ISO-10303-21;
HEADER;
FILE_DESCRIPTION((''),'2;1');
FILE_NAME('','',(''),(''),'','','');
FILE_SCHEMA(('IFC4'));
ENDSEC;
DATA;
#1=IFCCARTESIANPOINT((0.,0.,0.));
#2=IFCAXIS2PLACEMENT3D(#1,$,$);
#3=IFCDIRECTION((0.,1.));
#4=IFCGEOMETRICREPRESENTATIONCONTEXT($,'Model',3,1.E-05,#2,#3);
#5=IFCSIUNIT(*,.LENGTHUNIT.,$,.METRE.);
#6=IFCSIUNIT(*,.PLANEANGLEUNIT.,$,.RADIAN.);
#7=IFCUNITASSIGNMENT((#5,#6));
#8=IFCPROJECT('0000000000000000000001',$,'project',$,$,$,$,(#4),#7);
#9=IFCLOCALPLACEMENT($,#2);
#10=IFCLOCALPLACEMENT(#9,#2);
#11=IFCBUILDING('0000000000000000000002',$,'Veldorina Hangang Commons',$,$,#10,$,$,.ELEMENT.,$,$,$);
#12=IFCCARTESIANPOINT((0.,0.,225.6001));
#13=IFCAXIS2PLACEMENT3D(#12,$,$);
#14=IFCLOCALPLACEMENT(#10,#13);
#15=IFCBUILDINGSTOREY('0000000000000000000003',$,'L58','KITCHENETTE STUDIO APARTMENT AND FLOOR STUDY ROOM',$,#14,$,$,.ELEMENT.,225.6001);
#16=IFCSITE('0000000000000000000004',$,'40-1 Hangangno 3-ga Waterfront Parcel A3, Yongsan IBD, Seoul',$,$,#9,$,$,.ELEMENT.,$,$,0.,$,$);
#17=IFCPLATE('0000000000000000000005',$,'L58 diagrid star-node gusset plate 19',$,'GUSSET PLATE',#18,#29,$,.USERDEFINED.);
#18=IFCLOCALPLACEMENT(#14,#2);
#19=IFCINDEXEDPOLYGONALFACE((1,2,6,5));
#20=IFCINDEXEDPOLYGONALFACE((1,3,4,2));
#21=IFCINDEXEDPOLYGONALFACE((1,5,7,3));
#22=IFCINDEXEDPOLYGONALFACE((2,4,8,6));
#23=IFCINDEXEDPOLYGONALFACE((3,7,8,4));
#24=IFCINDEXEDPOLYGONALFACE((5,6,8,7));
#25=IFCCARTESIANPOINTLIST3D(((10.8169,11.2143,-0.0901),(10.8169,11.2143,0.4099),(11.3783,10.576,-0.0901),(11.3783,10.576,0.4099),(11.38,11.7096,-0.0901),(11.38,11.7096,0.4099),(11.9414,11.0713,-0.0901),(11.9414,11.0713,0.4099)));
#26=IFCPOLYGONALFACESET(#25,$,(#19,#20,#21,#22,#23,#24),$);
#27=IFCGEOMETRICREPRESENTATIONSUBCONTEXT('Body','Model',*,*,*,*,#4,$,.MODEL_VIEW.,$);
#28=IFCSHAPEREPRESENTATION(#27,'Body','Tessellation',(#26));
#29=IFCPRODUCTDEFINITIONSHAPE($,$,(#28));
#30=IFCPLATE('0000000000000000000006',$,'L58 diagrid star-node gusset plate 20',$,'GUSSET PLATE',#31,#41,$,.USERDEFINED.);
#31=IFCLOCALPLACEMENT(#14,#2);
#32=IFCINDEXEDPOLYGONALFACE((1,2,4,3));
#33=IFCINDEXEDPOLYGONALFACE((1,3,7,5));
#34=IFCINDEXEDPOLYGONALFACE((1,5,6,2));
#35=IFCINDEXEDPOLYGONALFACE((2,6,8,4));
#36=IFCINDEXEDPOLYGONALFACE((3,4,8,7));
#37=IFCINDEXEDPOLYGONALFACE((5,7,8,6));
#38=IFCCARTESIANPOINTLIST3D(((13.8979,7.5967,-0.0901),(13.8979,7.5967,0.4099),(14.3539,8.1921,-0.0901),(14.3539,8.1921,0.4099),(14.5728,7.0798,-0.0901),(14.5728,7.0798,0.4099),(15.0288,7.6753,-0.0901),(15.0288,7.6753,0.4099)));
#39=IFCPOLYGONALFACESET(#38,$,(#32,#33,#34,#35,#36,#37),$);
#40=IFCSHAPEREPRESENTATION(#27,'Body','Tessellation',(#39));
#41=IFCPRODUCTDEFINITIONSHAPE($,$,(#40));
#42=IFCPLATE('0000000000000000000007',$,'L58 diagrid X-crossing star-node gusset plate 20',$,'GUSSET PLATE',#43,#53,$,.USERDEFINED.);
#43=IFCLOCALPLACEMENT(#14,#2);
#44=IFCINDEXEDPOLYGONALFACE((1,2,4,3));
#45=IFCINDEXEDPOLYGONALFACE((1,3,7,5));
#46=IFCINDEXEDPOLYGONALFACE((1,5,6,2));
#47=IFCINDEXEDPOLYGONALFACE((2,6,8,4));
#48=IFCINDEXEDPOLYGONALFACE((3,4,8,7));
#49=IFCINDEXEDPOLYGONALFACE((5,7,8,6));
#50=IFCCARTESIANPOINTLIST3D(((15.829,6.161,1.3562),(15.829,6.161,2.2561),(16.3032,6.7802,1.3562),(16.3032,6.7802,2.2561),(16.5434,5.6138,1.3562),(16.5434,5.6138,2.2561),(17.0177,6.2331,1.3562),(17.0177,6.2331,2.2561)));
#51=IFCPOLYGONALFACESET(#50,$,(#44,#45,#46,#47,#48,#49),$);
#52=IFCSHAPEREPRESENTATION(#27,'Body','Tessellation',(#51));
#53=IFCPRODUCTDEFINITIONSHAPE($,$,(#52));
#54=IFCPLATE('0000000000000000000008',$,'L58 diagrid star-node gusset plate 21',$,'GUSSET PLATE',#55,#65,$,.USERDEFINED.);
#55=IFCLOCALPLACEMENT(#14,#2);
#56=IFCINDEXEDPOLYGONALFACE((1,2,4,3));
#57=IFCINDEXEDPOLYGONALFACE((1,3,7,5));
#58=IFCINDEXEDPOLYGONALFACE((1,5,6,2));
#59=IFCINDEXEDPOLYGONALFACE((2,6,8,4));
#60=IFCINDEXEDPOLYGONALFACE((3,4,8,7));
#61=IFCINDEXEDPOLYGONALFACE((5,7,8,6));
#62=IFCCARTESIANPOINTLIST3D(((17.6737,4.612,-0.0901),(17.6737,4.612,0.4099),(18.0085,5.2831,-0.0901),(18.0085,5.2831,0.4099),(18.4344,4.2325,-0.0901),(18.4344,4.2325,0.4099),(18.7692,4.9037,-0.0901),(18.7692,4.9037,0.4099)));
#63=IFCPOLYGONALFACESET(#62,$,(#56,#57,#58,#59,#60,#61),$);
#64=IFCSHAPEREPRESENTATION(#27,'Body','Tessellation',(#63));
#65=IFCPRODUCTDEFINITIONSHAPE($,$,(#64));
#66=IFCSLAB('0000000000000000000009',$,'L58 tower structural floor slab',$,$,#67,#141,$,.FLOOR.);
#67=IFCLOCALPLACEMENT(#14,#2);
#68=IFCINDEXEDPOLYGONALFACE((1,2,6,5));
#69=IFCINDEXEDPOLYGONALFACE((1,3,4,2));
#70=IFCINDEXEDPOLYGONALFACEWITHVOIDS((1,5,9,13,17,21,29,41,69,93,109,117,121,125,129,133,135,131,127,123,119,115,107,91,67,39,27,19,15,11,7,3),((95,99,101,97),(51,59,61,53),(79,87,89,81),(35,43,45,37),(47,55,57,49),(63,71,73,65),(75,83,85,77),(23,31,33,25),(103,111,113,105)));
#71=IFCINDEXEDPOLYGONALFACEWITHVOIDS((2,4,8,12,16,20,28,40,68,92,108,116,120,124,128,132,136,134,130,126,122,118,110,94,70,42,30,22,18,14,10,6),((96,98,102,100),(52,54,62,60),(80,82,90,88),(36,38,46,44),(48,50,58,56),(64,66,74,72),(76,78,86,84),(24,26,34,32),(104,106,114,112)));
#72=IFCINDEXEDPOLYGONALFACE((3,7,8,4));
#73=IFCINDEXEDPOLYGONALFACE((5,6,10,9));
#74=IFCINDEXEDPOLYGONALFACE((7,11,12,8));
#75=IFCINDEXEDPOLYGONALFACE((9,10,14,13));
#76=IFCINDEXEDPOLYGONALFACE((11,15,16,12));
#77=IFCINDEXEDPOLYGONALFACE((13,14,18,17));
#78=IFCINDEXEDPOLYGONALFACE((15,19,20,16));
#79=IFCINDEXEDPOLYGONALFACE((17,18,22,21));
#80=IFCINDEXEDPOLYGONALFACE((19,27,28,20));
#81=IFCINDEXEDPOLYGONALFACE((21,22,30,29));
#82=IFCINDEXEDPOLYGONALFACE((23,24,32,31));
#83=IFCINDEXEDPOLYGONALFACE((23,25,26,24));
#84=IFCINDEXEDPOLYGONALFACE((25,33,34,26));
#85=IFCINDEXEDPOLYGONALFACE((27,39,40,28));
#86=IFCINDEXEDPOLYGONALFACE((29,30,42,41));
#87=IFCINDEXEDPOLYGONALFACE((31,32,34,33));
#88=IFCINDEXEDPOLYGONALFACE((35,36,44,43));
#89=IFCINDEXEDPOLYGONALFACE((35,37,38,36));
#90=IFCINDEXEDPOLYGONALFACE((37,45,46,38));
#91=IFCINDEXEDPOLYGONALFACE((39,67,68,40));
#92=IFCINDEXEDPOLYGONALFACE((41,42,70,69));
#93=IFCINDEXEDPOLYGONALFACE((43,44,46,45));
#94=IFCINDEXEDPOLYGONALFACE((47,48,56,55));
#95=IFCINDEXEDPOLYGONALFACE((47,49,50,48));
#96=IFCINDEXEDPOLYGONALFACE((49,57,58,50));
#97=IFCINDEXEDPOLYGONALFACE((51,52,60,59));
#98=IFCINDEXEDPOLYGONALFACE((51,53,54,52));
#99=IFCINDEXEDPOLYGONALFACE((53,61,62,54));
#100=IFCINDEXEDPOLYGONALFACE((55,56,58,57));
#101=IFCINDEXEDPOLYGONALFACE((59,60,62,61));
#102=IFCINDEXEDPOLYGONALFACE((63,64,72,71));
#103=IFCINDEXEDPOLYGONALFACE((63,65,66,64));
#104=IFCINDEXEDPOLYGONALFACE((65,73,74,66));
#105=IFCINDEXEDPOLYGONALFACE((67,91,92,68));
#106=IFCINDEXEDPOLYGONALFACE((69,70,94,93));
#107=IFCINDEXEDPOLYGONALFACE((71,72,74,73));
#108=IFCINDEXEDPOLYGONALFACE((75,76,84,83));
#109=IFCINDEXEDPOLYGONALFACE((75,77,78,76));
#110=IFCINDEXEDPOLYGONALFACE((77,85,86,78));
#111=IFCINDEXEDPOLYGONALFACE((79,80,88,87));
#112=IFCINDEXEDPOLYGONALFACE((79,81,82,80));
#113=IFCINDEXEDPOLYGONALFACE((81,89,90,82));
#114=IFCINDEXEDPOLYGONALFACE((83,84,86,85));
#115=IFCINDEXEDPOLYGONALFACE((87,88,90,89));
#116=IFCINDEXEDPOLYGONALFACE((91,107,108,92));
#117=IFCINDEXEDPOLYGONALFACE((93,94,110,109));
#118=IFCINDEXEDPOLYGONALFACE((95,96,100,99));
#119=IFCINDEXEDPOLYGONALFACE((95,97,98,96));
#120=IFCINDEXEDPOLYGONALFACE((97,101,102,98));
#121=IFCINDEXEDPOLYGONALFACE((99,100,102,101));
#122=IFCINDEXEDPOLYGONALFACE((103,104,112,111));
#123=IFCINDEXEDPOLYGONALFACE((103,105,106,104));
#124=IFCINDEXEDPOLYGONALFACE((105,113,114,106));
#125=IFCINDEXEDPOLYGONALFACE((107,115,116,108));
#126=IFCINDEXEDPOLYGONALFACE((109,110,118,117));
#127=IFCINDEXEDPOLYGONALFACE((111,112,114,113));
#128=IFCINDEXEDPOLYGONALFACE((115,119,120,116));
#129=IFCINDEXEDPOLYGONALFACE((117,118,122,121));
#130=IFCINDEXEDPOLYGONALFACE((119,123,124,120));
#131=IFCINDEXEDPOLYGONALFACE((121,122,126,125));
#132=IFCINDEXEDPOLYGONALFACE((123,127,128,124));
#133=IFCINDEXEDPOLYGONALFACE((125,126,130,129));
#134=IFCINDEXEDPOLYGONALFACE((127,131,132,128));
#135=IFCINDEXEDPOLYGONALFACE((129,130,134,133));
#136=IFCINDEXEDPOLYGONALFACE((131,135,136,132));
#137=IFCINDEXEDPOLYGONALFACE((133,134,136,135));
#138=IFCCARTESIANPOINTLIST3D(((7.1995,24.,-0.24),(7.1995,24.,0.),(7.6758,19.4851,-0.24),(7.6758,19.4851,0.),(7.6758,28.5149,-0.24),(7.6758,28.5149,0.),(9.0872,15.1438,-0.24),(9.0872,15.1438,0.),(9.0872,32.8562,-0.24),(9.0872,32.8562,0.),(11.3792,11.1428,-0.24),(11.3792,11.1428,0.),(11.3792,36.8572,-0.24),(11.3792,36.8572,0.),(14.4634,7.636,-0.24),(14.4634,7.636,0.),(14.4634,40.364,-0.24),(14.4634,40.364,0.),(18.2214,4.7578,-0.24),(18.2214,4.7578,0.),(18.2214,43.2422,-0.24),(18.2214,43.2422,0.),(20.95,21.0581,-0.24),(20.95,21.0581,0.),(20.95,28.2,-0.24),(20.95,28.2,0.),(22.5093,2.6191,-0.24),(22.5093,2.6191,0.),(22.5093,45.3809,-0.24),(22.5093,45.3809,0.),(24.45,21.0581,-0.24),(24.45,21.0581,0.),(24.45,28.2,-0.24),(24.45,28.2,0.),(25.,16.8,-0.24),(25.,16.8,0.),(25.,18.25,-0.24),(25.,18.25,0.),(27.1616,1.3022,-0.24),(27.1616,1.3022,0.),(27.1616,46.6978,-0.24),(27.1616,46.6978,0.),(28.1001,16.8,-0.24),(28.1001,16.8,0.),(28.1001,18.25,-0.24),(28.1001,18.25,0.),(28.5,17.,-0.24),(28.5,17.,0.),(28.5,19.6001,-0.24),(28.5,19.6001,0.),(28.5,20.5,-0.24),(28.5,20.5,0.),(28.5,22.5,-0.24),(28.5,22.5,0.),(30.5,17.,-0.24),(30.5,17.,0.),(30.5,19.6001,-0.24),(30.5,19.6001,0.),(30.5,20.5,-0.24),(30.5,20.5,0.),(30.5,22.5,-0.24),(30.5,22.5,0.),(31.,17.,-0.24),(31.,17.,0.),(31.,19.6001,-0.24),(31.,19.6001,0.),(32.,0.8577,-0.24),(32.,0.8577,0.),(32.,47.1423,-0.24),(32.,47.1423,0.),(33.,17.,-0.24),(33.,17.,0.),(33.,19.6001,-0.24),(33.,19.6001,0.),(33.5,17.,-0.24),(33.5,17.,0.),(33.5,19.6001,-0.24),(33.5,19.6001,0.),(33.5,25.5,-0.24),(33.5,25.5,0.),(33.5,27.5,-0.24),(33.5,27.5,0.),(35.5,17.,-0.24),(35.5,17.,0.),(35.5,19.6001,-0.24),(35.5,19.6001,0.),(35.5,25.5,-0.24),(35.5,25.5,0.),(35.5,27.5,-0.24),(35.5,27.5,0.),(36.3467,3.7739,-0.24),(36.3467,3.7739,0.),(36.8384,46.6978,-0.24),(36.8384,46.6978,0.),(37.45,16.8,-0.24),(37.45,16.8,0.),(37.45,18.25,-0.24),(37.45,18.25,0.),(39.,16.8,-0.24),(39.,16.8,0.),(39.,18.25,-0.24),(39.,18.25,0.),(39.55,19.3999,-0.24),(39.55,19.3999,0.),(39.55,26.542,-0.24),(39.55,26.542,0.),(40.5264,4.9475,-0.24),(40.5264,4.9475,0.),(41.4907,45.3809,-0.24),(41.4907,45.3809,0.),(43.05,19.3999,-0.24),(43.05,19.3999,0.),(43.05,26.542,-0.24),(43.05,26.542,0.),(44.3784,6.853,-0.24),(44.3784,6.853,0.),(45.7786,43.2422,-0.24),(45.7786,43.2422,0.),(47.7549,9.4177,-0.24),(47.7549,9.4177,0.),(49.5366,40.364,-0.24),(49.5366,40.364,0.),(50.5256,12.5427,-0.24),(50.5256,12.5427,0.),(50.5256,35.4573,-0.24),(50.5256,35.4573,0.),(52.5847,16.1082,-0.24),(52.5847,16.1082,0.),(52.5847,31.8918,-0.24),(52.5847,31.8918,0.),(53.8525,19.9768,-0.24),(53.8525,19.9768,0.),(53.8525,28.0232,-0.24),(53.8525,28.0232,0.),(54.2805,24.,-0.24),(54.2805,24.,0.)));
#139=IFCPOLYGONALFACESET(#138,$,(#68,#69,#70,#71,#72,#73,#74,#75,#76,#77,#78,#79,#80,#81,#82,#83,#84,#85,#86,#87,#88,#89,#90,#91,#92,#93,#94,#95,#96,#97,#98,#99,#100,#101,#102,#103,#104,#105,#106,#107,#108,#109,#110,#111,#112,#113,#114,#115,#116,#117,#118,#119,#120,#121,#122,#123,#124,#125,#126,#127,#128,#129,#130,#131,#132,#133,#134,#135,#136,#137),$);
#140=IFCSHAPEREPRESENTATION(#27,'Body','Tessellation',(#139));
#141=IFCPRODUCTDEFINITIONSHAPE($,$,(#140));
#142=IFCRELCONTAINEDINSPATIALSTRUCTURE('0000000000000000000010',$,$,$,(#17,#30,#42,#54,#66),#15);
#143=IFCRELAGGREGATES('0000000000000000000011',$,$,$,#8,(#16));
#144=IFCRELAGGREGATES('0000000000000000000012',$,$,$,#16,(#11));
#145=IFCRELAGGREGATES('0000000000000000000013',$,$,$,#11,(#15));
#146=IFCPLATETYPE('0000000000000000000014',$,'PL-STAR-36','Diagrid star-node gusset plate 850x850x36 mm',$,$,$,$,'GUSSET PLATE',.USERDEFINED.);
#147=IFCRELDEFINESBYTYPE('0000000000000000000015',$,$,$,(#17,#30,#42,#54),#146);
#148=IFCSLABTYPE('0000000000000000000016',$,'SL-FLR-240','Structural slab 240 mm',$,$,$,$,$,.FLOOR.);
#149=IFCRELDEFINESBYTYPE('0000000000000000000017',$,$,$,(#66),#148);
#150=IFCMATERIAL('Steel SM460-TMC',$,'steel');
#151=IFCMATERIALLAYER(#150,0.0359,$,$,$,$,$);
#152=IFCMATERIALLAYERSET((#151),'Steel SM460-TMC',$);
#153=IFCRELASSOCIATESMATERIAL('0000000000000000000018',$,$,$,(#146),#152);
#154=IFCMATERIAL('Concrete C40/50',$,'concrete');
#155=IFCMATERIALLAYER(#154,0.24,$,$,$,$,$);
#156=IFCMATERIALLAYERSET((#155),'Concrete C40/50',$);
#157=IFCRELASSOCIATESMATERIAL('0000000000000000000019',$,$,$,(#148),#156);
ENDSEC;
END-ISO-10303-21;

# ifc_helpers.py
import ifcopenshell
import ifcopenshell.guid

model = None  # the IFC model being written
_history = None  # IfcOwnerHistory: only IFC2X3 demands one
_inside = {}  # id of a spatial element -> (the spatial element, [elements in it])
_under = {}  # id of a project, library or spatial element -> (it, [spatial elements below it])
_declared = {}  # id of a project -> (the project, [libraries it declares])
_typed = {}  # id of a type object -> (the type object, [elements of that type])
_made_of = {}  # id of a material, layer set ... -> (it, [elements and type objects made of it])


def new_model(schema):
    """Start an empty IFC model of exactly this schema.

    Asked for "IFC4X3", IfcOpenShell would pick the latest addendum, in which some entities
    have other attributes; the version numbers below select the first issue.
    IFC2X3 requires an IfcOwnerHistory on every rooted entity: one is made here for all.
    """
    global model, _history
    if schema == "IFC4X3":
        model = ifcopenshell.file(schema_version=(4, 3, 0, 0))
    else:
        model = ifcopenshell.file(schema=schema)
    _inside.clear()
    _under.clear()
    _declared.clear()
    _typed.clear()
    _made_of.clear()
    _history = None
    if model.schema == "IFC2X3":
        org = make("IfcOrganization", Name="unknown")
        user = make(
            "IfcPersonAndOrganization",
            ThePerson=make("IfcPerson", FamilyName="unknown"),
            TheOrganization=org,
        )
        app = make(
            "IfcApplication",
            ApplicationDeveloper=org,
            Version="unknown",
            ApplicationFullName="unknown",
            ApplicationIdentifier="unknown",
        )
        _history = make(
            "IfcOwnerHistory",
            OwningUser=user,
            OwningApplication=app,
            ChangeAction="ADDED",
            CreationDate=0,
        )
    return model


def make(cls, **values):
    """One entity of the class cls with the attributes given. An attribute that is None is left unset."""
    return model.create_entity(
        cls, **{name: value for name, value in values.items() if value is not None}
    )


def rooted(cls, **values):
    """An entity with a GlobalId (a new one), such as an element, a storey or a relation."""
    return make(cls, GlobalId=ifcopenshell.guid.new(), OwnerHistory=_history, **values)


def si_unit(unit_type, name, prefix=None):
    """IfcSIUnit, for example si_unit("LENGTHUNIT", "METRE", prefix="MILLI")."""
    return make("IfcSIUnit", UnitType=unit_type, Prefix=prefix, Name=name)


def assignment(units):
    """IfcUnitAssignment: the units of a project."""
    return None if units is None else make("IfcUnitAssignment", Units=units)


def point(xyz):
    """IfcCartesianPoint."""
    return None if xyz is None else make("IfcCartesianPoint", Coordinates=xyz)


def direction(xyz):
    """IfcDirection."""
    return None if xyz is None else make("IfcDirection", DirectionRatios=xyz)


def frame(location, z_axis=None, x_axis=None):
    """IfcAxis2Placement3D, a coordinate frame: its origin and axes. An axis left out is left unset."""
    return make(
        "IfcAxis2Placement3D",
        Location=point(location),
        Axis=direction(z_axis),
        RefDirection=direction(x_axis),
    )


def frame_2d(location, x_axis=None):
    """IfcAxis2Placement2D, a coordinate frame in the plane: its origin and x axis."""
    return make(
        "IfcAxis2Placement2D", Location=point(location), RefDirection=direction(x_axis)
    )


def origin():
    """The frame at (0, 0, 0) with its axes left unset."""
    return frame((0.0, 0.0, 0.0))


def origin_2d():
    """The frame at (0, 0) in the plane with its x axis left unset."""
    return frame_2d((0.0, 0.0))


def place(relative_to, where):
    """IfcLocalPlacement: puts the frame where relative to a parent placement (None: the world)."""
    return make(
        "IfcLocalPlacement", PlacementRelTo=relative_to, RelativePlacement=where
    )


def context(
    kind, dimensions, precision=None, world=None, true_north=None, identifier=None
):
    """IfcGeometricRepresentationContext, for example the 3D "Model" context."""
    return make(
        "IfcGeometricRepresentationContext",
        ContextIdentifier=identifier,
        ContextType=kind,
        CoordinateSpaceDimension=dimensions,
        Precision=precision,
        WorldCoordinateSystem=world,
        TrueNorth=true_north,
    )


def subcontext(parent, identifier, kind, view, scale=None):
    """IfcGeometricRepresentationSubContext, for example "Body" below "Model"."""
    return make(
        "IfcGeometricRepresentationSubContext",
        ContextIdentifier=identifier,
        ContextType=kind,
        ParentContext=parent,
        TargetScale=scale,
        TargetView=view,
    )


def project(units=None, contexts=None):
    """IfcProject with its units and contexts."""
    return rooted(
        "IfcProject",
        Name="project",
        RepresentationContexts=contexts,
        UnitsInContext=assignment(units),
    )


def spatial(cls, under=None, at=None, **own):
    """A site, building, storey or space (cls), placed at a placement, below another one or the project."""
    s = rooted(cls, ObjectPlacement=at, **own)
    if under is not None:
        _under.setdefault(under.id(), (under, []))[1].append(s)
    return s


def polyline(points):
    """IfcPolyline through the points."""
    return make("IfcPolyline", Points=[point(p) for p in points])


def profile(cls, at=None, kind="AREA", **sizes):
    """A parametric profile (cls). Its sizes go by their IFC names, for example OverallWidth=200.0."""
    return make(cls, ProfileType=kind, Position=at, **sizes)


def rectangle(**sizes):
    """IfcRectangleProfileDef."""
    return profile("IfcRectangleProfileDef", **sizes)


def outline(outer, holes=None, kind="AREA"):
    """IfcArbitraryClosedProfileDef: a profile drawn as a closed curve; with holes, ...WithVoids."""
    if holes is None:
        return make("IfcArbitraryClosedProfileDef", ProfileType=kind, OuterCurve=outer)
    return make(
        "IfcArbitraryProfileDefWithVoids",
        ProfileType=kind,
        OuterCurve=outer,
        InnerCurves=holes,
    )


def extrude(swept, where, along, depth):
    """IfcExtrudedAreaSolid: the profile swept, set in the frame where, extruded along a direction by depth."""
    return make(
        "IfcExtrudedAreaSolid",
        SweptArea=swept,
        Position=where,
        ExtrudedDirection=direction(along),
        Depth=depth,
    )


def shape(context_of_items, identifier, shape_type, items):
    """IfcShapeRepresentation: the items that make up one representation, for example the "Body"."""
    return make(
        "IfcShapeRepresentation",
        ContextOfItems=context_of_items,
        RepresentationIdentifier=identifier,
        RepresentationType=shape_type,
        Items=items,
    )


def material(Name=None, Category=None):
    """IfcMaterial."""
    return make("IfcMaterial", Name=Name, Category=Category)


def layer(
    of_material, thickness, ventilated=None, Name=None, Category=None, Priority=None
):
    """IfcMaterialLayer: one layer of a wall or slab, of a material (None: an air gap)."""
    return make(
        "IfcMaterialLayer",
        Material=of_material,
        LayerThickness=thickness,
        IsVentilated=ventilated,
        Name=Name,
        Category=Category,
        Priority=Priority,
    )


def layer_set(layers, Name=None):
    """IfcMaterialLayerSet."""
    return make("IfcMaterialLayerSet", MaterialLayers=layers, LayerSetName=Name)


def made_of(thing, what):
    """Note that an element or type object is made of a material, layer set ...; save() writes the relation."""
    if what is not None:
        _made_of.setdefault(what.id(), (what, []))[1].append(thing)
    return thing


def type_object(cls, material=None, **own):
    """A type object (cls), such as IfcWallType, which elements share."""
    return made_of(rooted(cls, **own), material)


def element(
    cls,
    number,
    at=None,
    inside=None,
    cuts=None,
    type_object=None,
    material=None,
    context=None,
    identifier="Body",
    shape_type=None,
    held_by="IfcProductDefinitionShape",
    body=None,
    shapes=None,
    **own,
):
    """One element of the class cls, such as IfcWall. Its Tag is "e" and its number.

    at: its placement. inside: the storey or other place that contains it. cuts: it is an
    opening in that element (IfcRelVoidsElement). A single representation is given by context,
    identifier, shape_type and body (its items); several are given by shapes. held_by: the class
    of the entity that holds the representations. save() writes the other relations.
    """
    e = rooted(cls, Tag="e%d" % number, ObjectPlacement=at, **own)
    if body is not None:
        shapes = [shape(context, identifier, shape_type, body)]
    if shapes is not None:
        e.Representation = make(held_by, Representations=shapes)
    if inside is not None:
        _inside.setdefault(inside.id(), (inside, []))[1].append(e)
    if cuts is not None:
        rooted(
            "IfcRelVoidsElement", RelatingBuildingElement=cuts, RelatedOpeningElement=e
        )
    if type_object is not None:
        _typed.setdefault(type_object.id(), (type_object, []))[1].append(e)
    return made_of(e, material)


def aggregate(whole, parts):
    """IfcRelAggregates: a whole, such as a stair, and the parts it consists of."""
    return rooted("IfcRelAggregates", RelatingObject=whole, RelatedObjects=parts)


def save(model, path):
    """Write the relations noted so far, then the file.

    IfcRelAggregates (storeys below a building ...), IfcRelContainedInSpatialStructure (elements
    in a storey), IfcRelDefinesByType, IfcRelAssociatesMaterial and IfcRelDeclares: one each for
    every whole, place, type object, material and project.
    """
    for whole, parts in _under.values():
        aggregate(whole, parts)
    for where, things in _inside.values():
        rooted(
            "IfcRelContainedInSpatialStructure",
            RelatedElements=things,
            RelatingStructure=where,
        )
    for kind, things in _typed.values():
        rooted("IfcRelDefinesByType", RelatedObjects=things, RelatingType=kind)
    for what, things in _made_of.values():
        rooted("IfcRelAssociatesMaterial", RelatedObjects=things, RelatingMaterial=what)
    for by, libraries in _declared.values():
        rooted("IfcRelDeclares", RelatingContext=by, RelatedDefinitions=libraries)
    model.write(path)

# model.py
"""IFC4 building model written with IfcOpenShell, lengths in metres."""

from ifc_helpers import new_model, si_unit, direction, frame, origin, origin_2d, place, context, subcontext, project, spatial, polyline, rectangle, outline, extrude, material, layer, layer_set, type_object, element, save


model = new_model("IFC4")

# Units and contexts
model_context = context("Model", 3, precision=1e-05, world=origin(), true_north=direction((0.0, 1.0)))
body_context = subcontext(model_context, "Body", "Model", "MODEL_VIEW")
ifc_project = project(units=[si_unit("LENGTHUNIT", "METRE"), si_unit("PLANEANGLEUNIT", "RADIAN")], contexts=[model_context])

# Site, building, storey
site_placement = place(None, origin())
site = spatial("IfcSite", under=ifc_project, at=site_placement, Name="40-1 Hangangno 3-ga Waterfront Parcel A3, Yongsan IBD, Seoul", CompositionType="ELEMENT", RefElevation=0.0)
building_placement = place(site_placement, origin())
building = spatial("IfcBuilding", under=site, at=building_placement, Name="Veldorina Hangang Commons", CompositionType="ELEMENT")
storey_placement = place(building_placement, frame((0.0, 0.0, 225.6001)))
storey = spatial("IfcBuildingStorey", under=building, at=storey_placement, Name="L58", Description="KITCHENETTE STUDIO APARTMENT AND FLOOR STUDY ROOM", CompositionType="ELEMENT", Elevation=225.6001)

# Plates
ifc_material_1 = material(Name="Steel SM460-TMC", Category="steel")
ifc_layer_1 = layer(ifc_material_1, 0.0359)
ifc_layer_set_1 = layer_set([ifc_layer_1], Name="Steel SM460-TMC")
plate_type = type_object("IfcPlateType", Name="PL-STAR-36", Description="Diagrid star-node gusset plate 850x850x36 mm", ElementType="GUSSET PLATE", PredefinedType="USERDEFINED", material=ifc_layer_set_1)
for number, where, z_axis, x_axis, name in (
    (1, (11.3792, 11.1428, -0.0901), (0.0, 0.0, 1.0), (0.660408, -0.750907, 0.0), "L58 diagrid star-node gusset plate 19"),
    (2, (14.4634, 7.636, -0.0901), (0.0, 0.0, 1.0), (0.793927, -0.608013, 0.0), "L58 diagrid star-node gusset plate 20"),
):
    element("IfcPlate", number, at=place(storey_placement, frame(where, z_axis=z_axis, x_axis=x_axis)), inside=storey, type_object=plate_type, Name=name, ObjectType="GUSSET PLATE", PredefinedType="USERDEFINED", context=body_context, shape_type="SweptSolid", body=[
        extrude(rectangle(XDim=0.8501, YDim=0.75, at=origin_2d()), origin(), (0.0, 0.0, 1.0), 0.5),
    ])
plate_1_placement = place(storey_placement, frame((16.4233, 6.197, 1.3562), z_axis=(0.0, 0.0, 1.0), x_axis=(0.793927, -0.608013, 0.0)))
element("IfcPlate", 3, at=plate_1_placement, inside=storey, type_object=plate_type, Name="L58 diagrid X-crossing star-node gusset plate 20", ObjectType="GUSSET PLATE", PredefinedType="USERDEFINED", context=body_context, shape_type="SweptSolid", body=[
    extrude(rectangle(XDim=0.8999, YDim=0.78, at=origin_2d()), origin(), (0.0, 0.0, 1.0), 0.8999),
])
plate_2_placement = place(storey_placement, frame((18.2214, 4.7578, -0.0901), z_axis=(0.0, 0.0, 1.0), x_axis=(0.894864, -0.446338, 0.0)))
element("IfcPlate", 4, at=plate_2_placement, inside=storey, type_object=plate_type, Name="L58 diagrid star-node gusset plate 21", ObjectType="GUSSET PLATE", PredefinedType="USERDEFINED", context=body_context, shape_type="SweptSolid", body=[
    extrude(rectangle(XDim=0.8501, YDim=0.75, at=origin_2d()), origin(), (0.0, 0.0, 1.0), 0.5),
])

# Slab
ifc_material_2 = material(Name="Concrete C40/50", Category="concrete")
ifc_layer_2 = layer(ifc_material_2, 0.24)
ifc_layer_set_2 = layer_set([ifc_layer_2], Name="Concrete C40/50")
slab_type_1 = type_object("IfcSlabType", Name="SL-FLR-240", Description="Structural slab 240 mm", PredefinedType="FLOOR", material=ifc_layer_set_2)
slab_1_placement = place(storey_placement, frame((0.0, 0.0, -0.24)))
element("IfcSlab", 5, at=slab_1_placement, inside=storey, type_object=slab_type_1, Name="L58 tower structural floor slab", PredefinedType="FLOOR", context=body_context, shape_type="SweptSolid", body=[
    extrude(outline(polyline([(54.2805, 24.0), (53.8525, 28.0232), (52.5847, 31.8918), (50.5256, 35.4573), (49.5366, 40.364), (45.7786, 43.2422), (41.4907, 45.3809), (36.8384, 46.6978), (32.0, 47.1423), (27.1616, 46.6978), (22.5093, 45.3809), (18.2214, 43.2422), (14.4634, 40.364), (11.3792, 36.8572), (9.0872, 32.8562), (7.6758, 28.5149), (7.1995, 24.0), (7.6758, 19.4851), (9.0872, 15.1438), (11.3792, 11.1428), (14.4634, 7.636), (18.2214, 4.7578), (22.5093, 2.6191), (27.1616, 1.3022), (32.0, 0.8577), (36.3467, 3.7739), (40.5264, 4.9475), (44.3784, 6.853), (47.7549, 9.4177), (50.5256, 12.5427), (52.5847, 16.1082), (53.8525, 19.9768), (54.2805, 24.0)]), holes=[polyline([(20.95, 21.0581), (20.95, 28.2), (24.45, 28.2), (24.45, 21.0581), (20.95, 21.0581)]), polyline([(43.05, 26.542), (43.05, 19.3999), (39.55, 19.3999), (39.55, 26.542), (43.05, 26.542)]), polyline([(33.5, 27.5), (35.5, 27.5), (35.5, 25.5), (33.5, 25.5), (33.5, 27.5)]), polyline([(28.5, 22.5), (30.5, 22.5), (30.5, 20.5), (28.5, 20.5), (28.5, 22.5)]), polyline([(28.5, 19.6001), (30.5, 19.6001), (30.5, 17.0), (28.5, 17.0), (28.5, 19.6001)]), polyline([(31.0, 19.6001), (33.0, 19.6001), (33.0, 17.0), (31.0, 17.0), (31.0, 19.6001)]), polyline([(33.5, 19.6001), (35.5, 19.6001), (35.5, 17.0), (33.5, 17.0), (33.5, 19.6001)]), polyline([(25.0, 18.25), (28.1001, 18.25), (28.1001, 16.8), (25.0, 16.8), (25.0, 18.25)]), polyline([(37.45, 18.25), (39.0, 18.25), (39.0, 16.8), (37.45, 16.8), (37.45, 18.25)])]), origin(), (0.0, 0.0, 1.0), 0.24),
])

save(model, "model.ifc")
